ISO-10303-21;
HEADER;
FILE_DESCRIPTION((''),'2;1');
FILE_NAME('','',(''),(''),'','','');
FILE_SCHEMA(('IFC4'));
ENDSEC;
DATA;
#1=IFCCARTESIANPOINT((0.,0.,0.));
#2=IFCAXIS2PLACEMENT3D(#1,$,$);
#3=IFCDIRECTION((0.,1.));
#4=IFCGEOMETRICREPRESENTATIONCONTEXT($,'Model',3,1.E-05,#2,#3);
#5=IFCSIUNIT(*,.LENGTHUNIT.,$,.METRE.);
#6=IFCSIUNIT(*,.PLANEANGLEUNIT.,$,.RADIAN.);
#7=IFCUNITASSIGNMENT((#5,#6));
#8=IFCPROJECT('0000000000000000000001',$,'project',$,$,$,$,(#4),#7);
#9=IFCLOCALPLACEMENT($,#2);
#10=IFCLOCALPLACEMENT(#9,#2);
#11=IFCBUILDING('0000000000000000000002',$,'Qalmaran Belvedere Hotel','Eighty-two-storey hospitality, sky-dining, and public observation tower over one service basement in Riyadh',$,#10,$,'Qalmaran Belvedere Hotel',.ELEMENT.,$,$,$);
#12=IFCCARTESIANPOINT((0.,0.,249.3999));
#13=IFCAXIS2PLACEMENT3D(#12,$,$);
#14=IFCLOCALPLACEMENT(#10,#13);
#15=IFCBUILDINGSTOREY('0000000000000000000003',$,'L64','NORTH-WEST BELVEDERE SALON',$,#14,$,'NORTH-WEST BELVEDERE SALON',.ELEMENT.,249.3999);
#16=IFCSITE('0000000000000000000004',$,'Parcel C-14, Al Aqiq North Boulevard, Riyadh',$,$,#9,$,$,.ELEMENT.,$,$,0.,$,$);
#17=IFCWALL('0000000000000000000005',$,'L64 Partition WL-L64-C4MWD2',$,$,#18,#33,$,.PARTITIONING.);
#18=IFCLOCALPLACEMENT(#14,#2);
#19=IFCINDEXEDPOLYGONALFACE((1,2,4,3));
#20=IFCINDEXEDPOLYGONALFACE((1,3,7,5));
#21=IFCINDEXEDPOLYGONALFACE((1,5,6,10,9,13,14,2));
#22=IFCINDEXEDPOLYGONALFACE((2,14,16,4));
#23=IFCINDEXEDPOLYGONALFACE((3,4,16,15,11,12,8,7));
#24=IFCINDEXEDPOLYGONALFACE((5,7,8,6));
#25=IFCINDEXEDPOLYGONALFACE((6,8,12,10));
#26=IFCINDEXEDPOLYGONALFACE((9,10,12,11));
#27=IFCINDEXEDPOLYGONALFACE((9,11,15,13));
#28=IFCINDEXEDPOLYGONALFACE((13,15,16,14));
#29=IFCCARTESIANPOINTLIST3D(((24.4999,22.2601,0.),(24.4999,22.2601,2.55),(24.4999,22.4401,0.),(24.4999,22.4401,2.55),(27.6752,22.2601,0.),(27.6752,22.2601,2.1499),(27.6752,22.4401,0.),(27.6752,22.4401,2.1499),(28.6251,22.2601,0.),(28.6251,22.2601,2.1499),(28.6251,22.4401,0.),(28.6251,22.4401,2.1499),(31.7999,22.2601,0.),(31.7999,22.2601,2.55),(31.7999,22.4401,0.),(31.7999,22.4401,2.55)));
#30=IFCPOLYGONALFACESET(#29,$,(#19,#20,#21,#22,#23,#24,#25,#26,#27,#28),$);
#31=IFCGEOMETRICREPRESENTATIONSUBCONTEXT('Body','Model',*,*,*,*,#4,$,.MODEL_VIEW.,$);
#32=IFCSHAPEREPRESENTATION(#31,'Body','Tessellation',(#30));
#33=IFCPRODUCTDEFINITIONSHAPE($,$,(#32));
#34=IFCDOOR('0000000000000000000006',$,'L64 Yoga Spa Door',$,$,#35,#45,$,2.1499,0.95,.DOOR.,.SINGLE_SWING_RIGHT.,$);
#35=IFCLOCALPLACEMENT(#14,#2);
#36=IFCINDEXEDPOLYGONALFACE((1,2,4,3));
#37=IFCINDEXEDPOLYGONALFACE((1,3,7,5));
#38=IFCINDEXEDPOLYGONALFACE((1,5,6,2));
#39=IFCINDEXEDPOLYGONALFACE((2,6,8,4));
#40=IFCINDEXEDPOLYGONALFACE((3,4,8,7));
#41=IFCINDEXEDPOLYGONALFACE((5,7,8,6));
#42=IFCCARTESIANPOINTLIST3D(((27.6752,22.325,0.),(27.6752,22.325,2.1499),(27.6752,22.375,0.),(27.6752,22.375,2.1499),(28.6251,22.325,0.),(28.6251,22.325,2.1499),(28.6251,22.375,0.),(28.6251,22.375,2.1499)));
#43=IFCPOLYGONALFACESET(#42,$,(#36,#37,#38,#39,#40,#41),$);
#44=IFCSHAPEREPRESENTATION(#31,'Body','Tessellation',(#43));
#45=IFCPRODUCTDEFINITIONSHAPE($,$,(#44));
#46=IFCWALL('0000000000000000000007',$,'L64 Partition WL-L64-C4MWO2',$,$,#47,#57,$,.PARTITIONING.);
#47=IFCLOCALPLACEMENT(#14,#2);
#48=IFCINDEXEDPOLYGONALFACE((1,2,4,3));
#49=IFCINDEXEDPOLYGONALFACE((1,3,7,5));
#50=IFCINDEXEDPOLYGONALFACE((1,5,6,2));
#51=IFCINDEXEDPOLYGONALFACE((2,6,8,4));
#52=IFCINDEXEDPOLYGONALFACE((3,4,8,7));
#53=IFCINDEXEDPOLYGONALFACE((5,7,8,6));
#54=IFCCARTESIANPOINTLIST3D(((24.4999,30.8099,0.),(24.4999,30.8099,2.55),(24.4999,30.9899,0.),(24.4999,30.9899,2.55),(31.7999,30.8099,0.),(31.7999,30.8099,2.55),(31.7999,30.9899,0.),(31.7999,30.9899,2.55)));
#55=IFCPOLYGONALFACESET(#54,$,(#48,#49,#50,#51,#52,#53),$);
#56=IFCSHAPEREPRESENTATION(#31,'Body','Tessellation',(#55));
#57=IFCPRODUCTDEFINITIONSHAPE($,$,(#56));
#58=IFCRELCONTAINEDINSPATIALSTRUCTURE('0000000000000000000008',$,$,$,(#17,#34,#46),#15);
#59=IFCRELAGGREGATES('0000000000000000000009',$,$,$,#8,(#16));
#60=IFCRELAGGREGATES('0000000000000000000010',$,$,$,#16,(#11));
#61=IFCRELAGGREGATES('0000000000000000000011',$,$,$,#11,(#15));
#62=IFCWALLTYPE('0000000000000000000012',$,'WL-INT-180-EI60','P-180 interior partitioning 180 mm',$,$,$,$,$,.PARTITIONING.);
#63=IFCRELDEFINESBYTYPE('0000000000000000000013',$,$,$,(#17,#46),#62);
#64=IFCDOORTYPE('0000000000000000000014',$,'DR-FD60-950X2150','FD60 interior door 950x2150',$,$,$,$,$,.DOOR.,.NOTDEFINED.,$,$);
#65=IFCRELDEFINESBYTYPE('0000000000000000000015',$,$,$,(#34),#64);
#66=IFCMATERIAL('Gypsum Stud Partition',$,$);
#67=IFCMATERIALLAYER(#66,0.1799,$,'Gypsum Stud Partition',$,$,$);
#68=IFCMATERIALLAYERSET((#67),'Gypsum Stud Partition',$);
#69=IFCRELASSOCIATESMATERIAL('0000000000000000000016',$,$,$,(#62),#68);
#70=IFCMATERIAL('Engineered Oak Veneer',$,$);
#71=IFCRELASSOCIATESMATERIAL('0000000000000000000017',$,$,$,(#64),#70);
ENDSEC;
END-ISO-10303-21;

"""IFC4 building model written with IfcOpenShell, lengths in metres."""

from ifc_helpers import new_model, si_unit, direction, frame, frame_2d, origin, place, context, subcontext, project, spatial, rectangle, extrude, material, layer, layer_set, type_object, element, fill, save


model = new_model("IFC4")

# Units and contexts
model_context = context("Model", 3, precision=1e-05, world=origin(), true_north=direction((0.0, 1.0)))
body_context = subcontext(model_context, "Body", "Model", "MODEL_VIEW")
ifc_project = project(units=[si_unit("LENGTHUNIT", "METRE"), si_unit("PLANEANGLEUNIT", "RADIAN")], contexts=[model_context])

# Site, building, storey
site_placement = place(None, origin())
site = spatial("IfcSite", under=ifc_project, at=site_placement, Name="Parcel C-14, Al Aqiq North Boulevard, Riyadh", CompositionType="ELEMENT", RefElevation=0.0)
building_placement = place(site_placement, origin())
building = spatial("IfcBuilding", under=site, at=building_placement, Name="Qalmaran Belvedere Hotel", Description="Eighty-two-storey hospitality, sky-dining, and public observation tower over one service basement in Riyadh", LongName="Qalmaran Belvedere Hotel", CompositionType="ELEMENT")
storey_placement = place(building_placement, frame((0.0, 0.0, 249.3999)))
storey = spatial("IfcBuildingStorey", under=building, at=storey_placement, Name="L64", Description="NORTH-WEST BELVEDERE SALON", LongName="NORTH-WEST BELVEDERE SALON", CompositionType="ELEMENT", Elevation=249.3999)

# Shared definitions
ifc_material_1 = material(Name="Gypsum Stud Partition")

# Shared definitions
ifc_layer_1 = layer(ifc_material_1, 0.1799, Name="Gypsum Stud Partition")
ifc_layer_set_1 = layer_set([ifc_layer_1], Name="Gypsum Stud Partition")
wall_type_1 = type_object("IfcWallType", Name="WL-INT-180-EI60", Description="P-180 interior partitioning 180 mm", PredefinedType="PARTITIONING", material=ifc_layer_set_1)
ifc_material_2 = material(Name="Engineered Oak Veneer")
door_type_1 = type_object("IfcDoorType", Name="DR-FD60-950X2150", Description="FD60 interior door 950x2150", OperationType="NOTDEFINED", PredefinedType="DOOR", material=ifc_material_2)

# Wall, opening, door
wall_1_placement = place(storey_placement, frame((24.5, 22.3501, 0.0), z_axis=(0.0, 0.0, 1.0), x_axis=(1.0, 0.0, 0.0)))
wall_1 = element("IfcWall", 1, at=wall_1_placement, inside=storey, type_object=wall_type_1, Name="L64 Partition WL-L64-C4MWD2", PredefinedType="PARTITIONING", context=body_context, shape_type="SweptSolid", body=[
    extrude(rectangle(XDim=7.3, YDim=0.1799, at=frame_2d((3.6499, 0.0))), origin(), (0.0, 0.0, 1.0), 2.55),
])
opening_1_placement = place(wall_1_placement, frame((3.175, 0.0, 0.0)))
opening_1 = element("IfcOpeningElement", 2, at=opening_1_placement, cuts=wall_1, PredefinedType="OPENING", context=body_context, shape_type="SweptSolid", body=[
    extrude(rectangle(XDim=0.95, YDim=2.1499, at=frame_2d((0.4751, 1.075))), frame((0.0, 0.1001, 0.0), z_axis=(0.0, -1.0, 0.0), x_axis=(1.0, 0.0, 0.0)), (0.0, 0.0, 1.0), 0.2),
])
door_1_placement = place(opening_1_placement, origin())
door_1 = element("IfcDoor", 3, at=door_1_placement, inside=storey, type_object=door_type_1, Name="L64 Yoga Spa Door", OperationType="SINGLE_SWING_RIGHT", OverallHeight=2.1499, OverallWidth=0.95, PredefinedType="DOOR", context=body_context, shape_type="SweptSolid", body=[
    extrude(rectangle(XDim=0.95, YDim=2.1499, at=frame_2d((0.4751, 1.075))), frame((0.0, 0.0249, 0.0), z_axis=(0.0, -1.0, 0.0), x_axis=(1.0, 0.0, 0.0)), (0.0, 0.0, 1.0), 0.05),
])
fill(opening_1, door_1)

# Wall
wall_2_placement = place(storey_placement, frame((24.5, 30.8999, 0.0), z_axis=(0.0, 0.0, 1.0), x_axis=(1.0, 0.0, 0.0)))
element("IfcWall", 4, at=wall_2_placement, inside=storey, type_object=wall_type_1, Name="L64 Partition WL-L64-C4MWO2", PredefinedType="PARTITIONING", context=body_context, shape_type="SweptSolid", body=[
    extrude(rectangle(XDim=7.3, YDim=0.1799, at=frame_2d((3.6499, 0.0))), origin(), (0.0, 0.0, 1.0), 2.55),
])

save(model, "model.ifc")
